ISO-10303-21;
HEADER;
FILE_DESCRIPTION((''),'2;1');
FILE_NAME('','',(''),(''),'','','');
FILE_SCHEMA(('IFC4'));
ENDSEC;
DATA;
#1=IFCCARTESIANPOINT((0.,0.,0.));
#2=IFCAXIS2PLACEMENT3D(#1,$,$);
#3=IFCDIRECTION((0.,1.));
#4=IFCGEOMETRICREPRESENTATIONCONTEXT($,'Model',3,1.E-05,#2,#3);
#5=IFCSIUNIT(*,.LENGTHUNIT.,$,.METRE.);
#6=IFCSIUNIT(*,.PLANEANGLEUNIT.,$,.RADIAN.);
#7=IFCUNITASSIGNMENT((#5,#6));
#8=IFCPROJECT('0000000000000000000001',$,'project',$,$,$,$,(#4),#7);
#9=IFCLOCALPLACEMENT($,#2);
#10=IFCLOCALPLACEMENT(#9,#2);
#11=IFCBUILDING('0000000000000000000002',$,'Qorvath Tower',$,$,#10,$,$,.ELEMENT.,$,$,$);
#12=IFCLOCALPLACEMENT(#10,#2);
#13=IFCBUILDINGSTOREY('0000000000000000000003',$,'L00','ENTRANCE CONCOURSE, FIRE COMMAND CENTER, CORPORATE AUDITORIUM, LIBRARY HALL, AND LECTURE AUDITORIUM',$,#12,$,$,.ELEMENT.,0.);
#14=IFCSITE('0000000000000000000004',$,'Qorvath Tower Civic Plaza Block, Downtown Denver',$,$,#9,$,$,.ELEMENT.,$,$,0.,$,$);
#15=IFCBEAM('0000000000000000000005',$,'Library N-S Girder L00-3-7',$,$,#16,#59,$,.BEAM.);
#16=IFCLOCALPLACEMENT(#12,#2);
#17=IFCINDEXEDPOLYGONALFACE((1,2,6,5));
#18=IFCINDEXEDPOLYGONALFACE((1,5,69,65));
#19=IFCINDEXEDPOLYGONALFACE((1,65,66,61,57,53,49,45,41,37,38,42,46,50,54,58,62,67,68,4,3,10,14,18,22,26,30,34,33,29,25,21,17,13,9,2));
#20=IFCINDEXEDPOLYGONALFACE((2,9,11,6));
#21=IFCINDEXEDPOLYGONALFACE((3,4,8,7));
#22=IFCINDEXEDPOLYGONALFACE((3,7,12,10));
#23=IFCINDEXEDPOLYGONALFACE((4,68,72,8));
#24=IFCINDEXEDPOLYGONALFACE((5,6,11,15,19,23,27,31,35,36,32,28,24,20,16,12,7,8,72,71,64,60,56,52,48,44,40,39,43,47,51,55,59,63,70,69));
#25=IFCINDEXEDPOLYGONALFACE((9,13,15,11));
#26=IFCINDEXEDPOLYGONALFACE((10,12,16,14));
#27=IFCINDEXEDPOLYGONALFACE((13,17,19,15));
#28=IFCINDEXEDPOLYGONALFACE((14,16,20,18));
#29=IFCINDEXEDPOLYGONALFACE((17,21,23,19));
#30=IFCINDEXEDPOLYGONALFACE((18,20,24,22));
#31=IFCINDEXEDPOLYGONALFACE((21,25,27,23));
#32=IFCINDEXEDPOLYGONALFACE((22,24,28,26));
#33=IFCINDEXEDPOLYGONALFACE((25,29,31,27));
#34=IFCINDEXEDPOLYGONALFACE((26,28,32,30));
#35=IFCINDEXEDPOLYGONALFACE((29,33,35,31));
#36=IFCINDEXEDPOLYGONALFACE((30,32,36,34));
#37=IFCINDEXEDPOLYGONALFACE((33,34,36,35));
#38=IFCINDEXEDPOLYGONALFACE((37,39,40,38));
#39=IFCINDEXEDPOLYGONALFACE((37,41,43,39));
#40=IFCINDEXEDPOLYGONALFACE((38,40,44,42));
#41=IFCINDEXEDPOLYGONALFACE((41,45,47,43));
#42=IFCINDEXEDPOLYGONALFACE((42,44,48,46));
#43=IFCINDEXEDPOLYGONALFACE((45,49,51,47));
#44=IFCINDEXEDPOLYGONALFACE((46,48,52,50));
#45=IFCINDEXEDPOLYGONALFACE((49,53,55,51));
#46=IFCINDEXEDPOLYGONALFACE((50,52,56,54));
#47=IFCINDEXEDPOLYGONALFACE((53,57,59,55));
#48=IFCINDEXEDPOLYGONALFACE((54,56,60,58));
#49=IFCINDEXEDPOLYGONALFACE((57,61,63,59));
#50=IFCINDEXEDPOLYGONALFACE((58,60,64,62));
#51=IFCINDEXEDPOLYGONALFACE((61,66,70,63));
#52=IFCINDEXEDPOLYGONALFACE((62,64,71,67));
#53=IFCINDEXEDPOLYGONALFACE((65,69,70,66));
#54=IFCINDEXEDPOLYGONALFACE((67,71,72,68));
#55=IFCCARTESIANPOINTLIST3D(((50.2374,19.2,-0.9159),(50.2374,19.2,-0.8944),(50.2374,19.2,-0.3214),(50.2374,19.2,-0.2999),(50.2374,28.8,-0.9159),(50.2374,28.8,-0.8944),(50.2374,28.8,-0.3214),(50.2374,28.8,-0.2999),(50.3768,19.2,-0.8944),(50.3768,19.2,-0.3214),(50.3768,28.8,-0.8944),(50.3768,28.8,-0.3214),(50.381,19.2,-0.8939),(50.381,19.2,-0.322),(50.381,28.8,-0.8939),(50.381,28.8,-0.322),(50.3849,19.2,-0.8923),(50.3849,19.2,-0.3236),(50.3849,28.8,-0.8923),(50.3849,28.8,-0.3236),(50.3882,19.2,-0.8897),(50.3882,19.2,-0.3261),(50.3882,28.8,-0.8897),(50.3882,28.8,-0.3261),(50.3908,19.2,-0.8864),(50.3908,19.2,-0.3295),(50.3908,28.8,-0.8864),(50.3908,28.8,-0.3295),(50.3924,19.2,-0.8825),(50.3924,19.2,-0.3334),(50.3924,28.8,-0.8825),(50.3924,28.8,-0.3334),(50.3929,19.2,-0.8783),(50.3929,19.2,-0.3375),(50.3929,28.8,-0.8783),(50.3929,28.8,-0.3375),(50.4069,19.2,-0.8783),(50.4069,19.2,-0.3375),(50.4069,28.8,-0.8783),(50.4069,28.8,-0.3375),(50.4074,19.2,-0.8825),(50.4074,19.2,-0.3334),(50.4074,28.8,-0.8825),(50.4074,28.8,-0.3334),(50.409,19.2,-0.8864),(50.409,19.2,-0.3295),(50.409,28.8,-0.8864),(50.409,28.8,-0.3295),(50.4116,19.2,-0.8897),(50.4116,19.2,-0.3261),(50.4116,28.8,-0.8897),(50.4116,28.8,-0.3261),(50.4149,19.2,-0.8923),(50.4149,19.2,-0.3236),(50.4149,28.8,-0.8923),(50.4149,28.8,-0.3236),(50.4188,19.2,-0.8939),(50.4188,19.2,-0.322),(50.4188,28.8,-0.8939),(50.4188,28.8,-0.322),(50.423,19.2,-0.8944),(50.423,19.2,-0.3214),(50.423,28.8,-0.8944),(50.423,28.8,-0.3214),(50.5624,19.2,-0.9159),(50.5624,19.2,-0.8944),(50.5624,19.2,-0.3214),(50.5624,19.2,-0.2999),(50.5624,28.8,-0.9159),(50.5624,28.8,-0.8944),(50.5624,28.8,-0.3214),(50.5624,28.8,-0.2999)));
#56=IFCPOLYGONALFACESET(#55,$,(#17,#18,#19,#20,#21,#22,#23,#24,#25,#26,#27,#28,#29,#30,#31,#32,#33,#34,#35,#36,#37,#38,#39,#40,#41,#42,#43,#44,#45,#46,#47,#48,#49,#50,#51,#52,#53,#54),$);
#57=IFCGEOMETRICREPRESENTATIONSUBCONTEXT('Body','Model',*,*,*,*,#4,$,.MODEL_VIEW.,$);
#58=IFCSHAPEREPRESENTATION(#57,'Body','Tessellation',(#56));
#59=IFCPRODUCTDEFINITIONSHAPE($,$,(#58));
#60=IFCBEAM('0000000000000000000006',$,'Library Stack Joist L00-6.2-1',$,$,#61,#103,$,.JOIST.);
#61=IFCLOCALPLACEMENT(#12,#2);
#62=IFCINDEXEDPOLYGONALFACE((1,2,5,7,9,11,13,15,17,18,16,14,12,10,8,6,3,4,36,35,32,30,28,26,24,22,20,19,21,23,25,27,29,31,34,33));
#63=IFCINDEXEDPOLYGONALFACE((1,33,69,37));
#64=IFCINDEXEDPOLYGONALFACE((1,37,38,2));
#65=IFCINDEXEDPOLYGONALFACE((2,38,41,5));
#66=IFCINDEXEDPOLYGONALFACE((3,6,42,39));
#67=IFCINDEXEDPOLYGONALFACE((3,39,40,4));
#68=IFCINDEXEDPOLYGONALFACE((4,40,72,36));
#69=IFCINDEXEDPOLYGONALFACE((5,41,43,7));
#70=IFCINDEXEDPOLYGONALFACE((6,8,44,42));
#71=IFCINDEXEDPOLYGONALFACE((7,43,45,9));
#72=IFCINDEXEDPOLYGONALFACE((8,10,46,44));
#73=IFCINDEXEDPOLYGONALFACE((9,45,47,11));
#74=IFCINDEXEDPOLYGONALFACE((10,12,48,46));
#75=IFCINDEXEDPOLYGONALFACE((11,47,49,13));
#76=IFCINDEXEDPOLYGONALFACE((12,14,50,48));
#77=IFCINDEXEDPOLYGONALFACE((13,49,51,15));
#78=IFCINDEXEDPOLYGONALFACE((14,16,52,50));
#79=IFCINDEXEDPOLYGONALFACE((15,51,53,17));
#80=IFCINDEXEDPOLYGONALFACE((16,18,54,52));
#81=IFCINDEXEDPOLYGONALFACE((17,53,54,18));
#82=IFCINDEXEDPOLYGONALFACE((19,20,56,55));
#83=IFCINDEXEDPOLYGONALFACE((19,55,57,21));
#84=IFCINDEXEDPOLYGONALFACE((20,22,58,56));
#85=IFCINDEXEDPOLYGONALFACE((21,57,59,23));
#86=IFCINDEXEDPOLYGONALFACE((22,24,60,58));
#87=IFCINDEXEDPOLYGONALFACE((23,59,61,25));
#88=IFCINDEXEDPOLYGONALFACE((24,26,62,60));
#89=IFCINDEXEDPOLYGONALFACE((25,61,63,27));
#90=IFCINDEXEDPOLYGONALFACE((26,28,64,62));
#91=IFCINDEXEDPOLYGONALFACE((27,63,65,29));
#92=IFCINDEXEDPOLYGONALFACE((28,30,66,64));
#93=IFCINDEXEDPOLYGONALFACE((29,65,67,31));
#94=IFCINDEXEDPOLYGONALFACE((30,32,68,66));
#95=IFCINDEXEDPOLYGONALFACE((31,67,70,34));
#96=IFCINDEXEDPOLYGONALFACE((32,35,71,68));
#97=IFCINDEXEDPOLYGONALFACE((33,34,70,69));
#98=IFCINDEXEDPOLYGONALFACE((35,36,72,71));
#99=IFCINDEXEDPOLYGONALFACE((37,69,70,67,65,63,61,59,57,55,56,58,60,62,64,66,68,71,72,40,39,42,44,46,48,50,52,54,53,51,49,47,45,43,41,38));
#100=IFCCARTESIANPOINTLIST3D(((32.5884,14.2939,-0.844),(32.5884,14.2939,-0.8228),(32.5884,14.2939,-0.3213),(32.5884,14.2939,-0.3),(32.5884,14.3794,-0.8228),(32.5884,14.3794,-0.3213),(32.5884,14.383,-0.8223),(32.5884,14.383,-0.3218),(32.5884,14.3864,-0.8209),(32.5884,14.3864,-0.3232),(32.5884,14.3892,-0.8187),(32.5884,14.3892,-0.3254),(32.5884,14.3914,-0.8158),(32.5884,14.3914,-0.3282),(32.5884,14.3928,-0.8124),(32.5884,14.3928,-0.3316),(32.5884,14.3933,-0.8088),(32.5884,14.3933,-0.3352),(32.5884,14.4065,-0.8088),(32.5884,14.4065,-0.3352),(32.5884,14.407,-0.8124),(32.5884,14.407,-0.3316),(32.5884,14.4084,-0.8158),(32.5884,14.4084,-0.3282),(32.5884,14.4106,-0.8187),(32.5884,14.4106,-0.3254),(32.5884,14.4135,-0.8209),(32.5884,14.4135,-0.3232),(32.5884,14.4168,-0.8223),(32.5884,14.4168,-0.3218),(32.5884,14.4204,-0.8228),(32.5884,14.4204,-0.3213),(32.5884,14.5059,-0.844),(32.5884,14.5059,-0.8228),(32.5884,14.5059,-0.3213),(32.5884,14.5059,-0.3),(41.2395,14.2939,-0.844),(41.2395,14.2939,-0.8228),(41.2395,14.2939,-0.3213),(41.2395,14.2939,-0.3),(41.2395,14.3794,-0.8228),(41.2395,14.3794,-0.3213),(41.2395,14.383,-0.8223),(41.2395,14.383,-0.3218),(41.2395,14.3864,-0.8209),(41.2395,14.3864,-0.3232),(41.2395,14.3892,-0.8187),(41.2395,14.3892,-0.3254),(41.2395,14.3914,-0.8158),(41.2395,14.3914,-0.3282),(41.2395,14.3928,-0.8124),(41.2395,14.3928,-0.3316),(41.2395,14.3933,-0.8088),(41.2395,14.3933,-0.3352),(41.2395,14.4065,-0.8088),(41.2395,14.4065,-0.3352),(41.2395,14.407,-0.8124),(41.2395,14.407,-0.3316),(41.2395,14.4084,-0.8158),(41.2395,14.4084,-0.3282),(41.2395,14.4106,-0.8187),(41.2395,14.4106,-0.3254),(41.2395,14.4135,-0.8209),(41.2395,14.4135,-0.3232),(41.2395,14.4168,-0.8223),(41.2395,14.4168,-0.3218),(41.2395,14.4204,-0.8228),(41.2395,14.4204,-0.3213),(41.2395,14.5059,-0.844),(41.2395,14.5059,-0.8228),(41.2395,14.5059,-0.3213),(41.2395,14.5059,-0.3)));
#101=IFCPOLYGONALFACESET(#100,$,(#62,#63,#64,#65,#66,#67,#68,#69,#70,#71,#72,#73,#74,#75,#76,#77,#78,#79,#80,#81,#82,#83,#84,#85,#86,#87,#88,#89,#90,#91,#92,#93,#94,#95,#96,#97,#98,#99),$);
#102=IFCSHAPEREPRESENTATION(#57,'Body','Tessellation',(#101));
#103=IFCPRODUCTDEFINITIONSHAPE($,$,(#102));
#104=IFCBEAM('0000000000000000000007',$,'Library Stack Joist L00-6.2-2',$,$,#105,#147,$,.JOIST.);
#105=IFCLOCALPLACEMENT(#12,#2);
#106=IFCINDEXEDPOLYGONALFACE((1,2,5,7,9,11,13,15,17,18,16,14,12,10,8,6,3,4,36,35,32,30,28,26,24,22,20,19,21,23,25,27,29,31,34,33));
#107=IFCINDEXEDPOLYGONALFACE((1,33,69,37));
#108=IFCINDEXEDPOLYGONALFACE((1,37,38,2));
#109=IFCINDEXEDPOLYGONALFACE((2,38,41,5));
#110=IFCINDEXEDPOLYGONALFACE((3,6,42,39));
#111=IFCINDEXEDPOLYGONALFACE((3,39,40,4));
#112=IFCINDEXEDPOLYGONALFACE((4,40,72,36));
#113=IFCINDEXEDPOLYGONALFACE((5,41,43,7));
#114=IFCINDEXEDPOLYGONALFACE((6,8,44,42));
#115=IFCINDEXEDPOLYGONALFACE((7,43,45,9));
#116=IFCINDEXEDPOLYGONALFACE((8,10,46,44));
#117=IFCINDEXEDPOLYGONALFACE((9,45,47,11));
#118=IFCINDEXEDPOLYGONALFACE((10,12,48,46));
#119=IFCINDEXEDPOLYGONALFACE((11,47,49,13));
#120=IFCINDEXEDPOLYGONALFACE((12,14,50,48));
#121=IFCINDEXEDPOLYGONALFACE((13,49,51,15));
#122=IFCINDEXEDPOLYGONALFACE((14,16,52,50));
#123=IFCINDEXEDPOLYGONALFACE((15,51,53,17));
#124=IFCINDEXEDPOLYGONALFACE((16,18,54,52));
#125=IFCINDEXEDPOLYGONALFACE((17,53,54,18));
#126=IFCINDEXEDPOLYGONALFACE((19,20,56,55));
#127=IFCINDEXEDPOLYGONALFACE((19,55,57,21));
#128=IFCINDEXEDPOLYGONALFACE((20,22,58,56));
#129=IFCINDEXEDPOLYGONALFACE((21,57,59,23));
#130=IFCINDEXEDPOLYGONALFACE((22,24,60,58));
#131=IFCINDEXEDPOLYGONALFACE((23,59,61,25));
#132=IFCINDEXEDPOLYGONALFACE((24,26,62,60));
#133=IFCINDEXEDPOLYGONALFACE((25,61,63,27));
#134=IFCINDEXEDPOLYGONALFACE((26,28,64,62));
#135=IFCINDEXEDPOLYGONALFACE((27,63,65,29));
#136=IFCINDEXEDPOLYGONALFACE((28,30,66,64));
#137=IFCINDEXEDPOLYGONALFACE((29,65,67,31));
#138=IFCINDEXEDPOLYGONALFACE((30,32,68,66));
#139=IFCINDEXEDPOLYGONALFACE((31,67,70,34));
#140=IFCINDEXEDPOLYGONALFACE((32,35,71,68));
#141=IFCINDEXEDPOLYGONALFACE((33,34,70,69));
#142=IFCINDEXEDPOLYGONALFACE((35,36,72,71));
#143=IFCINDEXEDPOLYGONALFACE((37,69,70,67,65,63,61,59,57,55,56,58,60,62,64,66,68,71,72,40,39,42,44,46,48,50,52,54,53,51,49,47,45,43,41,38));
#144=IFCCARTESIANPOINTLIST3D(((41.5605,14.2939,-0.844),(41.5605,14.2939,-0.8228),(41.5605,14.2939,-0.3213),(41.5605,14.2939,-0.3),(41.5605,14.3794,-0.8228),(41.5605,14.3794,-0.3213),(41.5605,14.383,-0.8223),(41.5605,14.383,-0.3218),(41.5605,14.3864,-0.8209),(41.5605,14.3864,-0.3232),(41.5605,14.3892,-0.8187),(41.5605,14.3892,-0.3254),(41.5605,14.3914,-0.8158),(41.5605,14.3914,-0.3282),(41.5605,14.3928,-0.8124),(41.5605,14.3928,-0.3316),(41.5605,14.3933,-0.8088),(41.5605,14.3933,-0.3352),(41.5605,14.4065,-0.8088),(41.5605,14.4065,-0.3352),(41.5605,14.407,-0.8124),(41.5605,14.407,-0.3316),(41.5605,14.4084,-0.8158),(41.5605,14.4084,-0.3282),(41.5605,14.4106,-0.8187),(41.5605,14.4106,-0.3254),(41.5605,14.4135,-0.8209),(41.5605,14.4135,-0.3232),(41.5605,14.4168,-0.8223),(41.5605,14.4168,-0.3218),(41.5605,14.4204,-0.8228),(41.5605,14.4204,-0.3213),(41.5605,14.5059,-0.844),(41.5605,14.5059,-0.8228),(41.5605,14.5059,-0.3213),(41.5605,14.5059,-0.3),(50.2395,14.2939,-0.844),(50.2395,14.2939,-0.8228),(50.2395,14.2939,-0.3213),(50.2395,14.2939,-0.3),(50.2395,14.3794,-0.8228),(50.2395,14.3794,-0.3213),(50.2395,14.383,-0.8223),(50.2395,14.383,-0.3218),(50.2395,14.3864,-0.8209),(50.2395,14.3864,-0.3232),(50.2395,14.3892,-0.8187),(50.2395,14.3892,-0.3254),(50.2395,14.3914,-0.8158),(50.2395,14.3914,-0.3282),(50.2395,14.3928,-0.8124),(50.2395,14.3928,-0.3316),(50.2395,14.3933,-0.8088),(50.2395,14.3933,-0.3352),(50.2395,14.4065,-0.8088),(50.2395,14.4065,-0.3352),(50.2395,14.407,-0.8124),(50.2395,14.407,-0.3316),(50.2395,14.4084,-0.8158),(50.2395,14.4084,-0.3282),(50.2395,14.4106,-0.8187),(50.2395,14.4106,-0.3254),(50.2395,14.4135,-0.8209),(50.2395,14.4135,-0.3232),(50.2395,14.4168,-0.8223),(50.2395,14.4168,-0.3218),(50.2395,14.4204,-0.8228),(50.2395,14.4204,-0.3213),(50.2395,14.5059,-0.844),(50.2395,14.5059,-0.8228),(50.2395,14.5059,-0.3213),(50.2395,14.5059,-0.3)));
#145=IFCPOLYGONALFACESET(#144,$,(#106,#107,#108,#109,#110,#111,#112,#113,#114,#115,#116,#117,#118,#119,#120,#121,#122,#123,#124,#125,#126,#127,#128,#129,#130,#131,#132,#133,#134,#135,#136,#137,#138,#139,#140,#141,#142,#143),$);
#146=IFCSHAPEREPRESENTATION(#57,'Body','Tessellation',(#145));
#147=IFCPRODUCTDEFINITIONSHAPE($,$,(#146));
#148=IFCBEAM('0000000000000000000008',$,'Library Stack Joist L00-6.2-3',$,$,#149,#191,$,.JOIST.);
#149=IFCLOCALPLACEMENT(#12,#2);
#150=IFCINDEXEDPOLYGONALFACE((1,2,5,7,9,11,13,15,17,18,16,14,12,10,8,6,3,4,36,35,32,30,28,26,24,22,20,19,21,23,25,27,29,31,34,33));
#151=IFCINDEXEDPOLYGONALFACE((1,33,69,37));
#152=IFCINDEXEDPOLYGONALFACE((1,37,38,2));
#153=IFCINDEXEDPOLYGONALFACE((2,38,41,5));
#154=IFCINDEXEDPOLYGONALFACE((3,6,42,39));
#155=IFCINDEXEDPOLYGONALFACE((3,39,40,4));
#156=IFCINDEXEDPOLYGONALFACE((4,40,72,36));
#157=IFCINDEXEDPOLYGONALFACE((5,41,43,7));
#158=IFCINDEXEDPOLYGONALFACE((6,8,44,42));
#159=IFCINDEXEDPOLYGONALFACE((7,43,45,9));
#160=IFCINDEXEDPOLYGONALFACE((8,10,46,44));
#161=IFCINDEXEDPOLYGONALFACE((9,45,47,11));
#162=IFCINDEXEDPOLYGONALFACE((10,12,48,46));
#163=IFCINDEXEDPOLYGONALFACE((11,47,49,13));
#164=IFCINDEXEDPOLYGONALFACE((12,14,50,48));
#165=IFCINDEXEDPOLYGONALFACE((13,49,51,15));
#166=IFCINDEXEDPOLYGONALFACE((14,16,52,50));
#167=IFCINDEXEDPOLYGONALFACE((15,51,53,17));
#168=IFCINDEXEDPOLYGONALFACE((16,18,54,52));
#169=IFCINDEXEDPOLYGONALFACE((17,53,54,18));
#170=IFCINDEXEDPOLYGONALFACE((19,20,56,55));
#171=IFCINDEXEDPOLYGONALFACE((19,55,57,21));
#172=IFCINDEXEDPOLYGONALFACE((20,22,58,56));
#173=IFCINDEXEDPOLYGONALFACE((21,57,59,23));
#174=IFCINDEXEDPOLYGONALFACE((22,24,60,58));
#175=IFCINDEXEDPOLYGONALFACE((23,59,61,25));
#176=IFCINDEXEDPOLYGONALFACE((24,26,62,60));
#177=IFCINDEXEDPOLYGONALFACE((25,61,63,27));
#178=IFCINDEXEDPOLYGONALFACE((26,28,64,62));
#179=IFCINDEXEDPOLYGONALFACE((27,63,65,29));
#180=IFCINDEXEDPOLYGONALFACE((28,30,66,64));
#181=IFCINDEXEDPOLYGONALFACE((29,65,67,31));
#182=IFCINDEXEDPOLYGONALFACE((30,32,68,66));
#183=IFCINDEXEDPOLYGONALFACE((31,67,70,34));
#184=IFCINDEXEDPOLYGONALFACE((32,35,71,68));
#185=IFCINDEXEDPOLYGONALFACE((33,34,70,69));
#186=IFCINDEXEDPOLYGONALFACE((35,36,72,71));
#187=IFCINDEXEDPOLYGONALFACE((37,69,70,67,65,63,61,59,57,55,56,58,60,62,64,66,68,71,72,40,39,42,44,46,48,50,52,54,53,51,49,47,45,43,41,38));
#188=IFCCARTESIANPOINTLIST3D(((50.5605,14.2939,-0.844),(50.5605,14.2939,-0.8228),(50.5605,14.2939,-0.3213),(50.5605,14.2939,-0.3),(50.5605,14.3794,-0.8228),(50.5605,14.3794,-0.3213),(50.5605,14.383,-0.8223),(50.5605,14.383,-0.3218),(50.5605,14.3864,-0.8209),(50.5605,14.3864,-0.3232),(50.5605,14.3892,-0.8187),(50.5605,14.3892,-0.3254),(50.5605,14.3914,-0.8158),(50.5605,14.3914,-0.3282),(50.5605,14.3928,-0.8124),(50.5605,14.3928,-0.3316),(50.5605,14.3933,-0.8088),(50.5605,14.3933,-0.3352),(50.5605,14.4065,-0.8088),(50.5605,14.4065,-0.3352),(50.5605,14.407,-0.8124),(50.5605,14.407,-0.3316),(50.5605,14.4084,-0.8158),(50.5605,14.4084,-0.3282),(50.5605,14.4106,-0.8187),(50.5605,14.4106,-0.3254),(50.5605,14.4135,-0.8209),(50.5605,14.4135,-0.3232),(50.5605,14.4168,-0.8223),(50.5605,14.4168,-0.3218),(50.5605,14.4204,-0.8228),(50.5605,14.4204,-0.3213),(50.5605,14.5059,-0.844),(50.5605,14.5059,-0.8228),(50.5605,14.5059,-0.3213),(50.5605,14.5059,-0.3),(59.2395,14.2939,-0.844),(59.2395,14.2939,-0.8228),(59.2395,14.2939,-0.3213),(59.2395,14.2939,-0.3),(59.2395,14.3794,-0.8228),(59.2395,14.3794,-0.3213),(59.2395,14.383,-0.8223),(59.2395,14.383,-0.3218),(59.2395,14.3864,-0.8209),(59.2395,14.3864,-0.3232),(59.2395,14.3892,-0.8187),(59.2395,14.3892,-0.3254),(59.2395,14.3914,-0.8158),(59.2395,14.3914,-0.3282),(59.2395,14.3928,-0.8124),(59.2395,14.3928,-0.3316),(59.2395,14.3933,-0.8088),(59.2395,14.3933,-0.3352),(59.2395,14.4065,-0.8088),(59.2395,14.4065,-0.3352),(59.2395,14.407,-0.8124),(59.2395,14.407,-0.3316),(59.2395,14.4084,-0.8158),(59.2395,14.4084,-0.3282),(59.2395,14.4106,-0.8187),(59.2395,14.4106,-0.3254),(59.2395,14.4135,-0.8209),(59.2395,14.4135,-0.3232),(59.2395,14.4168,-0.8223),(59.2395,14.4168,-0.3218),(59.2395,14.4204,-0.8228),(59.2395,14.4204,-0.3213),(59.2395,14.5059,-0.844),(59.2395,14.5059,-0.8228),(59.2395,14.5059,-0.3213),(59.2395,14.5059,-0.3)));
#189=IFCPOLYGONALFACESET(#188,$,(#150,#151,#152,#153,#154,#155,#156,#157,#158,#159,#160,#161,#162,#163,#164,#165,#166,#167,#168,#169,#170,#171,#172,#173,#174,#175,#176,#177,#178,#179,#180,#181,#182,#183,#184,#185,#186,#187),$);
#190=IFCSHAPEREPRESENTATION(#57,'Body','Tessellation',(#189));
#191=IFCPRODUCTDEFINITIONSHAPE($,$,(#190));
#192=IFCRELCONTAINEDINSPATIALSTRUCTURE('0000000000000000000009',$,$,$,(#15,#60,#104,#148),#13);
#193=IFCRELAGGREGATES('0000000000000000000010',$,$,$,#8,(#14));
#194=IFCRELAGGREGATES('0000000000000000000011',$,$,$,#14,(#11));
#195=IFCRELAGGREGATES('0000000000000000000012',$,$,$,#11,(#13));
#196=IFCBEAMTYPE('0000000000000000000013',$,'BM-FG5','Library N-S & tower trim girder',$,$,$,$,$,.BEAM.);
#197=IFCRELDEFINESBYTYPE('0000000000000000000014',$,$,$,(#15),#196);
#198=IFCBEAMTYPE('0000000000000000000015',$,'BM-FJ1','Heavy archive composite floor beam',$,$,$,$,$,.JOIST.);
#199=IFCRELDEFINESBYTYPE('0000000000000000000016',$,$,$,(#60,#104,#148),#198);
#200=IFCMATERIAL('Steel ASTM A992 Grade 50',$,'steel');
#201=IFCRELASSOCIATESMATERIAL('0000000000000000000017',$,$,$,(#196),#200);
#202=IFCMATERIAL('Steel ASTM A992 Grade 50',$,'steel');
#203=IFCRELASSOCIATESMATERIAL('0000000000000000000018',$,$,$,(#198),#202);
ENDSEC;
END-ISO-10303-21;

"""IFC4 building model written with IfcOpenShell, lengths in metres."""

from ifc_helpers import new_model, si_unit, direction, frame, origin, origin_2d, place, context, subcontext, project, spatial, i_section, extrude, material, material_profile, profile_set, type_object, element, save


model = new_model("IFC4")

# Units and contexts
model_context = context("Model", 3, precision=1e-05, world=origin(), true_north=direction((0.0, 1.0)))
body_context = subcontext(model_context, "Body", "Model", "MODEL_VIEW")
ifc_project = project(units=[si_unit("LENGTHUNIT", "METRE"), si_unit("PLANEANGLEUNIT", "RADIAN")], contexts=[model_context])

# Site, building, storey
site_placement = place(None, origin())
site = spatial("IfcSite", under=ifc_project, at=site_placement, Name="Qorvath Tower Civic Plaza Block, Downtown Denver", CompositionType="ELEMENT", RefElevation=0.0)
building_placement = place(site_placement, origin())
building = spatial("IfcBuilding", under=site, at=building_placement, Name="Qorvath Tower", CompositionType="ELEMENT")
storey_placement = place(building_placement, origin())
storey = spatial("IfcBuildingStorey", under=building, at=storey_placement, Name="L00", Description="ENTRANCE CONCOURSE, FIRE COMMAND CENTER, CORPORATE AUDITORIUM, LIBRARY HALL, AND LECTURE AUDITORIUM", CompositionType="ELEMENT", Elevation=0.0)

# Beams
ifc_material_1 = material(Name="Steel ASTM A992 Grade 50", Category="steel")
ifc_material_profile_1 = material_profile(ifc_material_1, i_section(OverallWidth=0.325, OverallDepth=0.616, WebThickness=0.0139, FlangeThickness=0.0215, FilletRadius=0.0161, at=origin_2d()), Name="W24x117")
ifc_profile_set_1 = profile_set([ifc_material_profile_1], Name="Steel ASTM A992 Grade 50")
beam_type_1 = type_object("IfcBeamType", Name="BM-FG5", Description="Library N-S & tower trim girder", PredefinedType="BEAM", material=ifc_profile_set_1)
for number, where, z_axis, x_axis, name in (
    (1, (50.3999, 19.2, -0.6079), (0.0, 1.0, 0.0), (-1.0, 0.0, 0.0), "Library N-S Girder L00-3-7"),
):
    element("IfcBeam", number, at=place(storey_placement, frame(where, z_axis=z_axis, x_axis=x_axis)), inside=storey, type_object=beam_type_1, Name=name, PredefinedType="BEAM", context=body_context, shape_type="SweptSolid", body=[
        extrude(i_section(OverallWidth=0.325, OverallDepth=0.616, WebThickness=0.0139, FlangeThickness=0.0215, FilletRadius=0.0161, at=origin_2d()), origin(), (0.0, 0.0, 1.0), 9.6001),
    ])
ifc_material_2 = material(Name="Steel ASTM A992 Grade 50", Category="steel")
ifc_material_profile_2 = material_profile(ifc_material_2, i_section(OverallWidth=0.2119, OverallDepth=0.5439, WebThickness=0.0132, FlangeThickness=0.0212, FilletRadius=0.0139, at=origin_2d()), Name="W21x83")
ifc_profile_set_2 = profile_set([ifc_material_profile_2], Name="Steel ASTM A992 Grade 50")
beam_type_2 = type_object("IfcBeamType", Name="BM-FJ1", Description="Heavy archive composite floor beam", PredefinedType="JOIST", material=ifc_profile_set_2)
beam_1_placement = place(storey_placement, frame((32.5884, 14.3999, -0.572), z_axis=(1.0, 0.0, 0.0), x_axis=(0.0, 1.0, 0.0)))
element("IfcBeam", 2, at=beam_1_placement, inside=storey, type_object=beam_type_2, Name="Library Stack Joist L00-6.2-1", PredefinedType="JOIST", context=body_context, shape_type="SweptSolid", body=[
    extrude(i_section(OverallWidth=0.2119, OverallDepth=0.5439, WebThickness=0.0132, FlangeThickness=0.0212, FilletRadius=0.0139, at=origin_2d()), origin(), (0.0, 0.0, 1.0), 8.6511),
])
for number, where, z_axis, x_axis, name in (
    (3, (41.5605, 14.3999, -0.572), (1.0, 0.0, 0.0), (0.0, 1.0, 0.0), "Library Stack Joist L00-6.2-2"),
    (4, (50.5605, 14.3999, -0.572), (1.0, 0.0, 0.0), (0.0, 1.0, 0.0), "Library Stack Joist L00-6.2-3"),
):
    element("IfcBeam", number, at=place(storey_placement, frame(where, z_axis=z_axis, x_axis=x_axis)), inside=storey, type_object=beam_type_2, Name=name, PredefinedType="JOIST", context=body_context, shape_type="SweptSolid", body=[
        extrude(i_section(OverallWidth=0.2119, OverallDepth=0.5439, WebThickness=0.0132, FlangeThickness=0.0212, FilletRadius=0.0139, at=origin_2d()), origin(), (0.0, 0.0, 1.0), 8.679),
    ])

save(model, "model.ifc")
